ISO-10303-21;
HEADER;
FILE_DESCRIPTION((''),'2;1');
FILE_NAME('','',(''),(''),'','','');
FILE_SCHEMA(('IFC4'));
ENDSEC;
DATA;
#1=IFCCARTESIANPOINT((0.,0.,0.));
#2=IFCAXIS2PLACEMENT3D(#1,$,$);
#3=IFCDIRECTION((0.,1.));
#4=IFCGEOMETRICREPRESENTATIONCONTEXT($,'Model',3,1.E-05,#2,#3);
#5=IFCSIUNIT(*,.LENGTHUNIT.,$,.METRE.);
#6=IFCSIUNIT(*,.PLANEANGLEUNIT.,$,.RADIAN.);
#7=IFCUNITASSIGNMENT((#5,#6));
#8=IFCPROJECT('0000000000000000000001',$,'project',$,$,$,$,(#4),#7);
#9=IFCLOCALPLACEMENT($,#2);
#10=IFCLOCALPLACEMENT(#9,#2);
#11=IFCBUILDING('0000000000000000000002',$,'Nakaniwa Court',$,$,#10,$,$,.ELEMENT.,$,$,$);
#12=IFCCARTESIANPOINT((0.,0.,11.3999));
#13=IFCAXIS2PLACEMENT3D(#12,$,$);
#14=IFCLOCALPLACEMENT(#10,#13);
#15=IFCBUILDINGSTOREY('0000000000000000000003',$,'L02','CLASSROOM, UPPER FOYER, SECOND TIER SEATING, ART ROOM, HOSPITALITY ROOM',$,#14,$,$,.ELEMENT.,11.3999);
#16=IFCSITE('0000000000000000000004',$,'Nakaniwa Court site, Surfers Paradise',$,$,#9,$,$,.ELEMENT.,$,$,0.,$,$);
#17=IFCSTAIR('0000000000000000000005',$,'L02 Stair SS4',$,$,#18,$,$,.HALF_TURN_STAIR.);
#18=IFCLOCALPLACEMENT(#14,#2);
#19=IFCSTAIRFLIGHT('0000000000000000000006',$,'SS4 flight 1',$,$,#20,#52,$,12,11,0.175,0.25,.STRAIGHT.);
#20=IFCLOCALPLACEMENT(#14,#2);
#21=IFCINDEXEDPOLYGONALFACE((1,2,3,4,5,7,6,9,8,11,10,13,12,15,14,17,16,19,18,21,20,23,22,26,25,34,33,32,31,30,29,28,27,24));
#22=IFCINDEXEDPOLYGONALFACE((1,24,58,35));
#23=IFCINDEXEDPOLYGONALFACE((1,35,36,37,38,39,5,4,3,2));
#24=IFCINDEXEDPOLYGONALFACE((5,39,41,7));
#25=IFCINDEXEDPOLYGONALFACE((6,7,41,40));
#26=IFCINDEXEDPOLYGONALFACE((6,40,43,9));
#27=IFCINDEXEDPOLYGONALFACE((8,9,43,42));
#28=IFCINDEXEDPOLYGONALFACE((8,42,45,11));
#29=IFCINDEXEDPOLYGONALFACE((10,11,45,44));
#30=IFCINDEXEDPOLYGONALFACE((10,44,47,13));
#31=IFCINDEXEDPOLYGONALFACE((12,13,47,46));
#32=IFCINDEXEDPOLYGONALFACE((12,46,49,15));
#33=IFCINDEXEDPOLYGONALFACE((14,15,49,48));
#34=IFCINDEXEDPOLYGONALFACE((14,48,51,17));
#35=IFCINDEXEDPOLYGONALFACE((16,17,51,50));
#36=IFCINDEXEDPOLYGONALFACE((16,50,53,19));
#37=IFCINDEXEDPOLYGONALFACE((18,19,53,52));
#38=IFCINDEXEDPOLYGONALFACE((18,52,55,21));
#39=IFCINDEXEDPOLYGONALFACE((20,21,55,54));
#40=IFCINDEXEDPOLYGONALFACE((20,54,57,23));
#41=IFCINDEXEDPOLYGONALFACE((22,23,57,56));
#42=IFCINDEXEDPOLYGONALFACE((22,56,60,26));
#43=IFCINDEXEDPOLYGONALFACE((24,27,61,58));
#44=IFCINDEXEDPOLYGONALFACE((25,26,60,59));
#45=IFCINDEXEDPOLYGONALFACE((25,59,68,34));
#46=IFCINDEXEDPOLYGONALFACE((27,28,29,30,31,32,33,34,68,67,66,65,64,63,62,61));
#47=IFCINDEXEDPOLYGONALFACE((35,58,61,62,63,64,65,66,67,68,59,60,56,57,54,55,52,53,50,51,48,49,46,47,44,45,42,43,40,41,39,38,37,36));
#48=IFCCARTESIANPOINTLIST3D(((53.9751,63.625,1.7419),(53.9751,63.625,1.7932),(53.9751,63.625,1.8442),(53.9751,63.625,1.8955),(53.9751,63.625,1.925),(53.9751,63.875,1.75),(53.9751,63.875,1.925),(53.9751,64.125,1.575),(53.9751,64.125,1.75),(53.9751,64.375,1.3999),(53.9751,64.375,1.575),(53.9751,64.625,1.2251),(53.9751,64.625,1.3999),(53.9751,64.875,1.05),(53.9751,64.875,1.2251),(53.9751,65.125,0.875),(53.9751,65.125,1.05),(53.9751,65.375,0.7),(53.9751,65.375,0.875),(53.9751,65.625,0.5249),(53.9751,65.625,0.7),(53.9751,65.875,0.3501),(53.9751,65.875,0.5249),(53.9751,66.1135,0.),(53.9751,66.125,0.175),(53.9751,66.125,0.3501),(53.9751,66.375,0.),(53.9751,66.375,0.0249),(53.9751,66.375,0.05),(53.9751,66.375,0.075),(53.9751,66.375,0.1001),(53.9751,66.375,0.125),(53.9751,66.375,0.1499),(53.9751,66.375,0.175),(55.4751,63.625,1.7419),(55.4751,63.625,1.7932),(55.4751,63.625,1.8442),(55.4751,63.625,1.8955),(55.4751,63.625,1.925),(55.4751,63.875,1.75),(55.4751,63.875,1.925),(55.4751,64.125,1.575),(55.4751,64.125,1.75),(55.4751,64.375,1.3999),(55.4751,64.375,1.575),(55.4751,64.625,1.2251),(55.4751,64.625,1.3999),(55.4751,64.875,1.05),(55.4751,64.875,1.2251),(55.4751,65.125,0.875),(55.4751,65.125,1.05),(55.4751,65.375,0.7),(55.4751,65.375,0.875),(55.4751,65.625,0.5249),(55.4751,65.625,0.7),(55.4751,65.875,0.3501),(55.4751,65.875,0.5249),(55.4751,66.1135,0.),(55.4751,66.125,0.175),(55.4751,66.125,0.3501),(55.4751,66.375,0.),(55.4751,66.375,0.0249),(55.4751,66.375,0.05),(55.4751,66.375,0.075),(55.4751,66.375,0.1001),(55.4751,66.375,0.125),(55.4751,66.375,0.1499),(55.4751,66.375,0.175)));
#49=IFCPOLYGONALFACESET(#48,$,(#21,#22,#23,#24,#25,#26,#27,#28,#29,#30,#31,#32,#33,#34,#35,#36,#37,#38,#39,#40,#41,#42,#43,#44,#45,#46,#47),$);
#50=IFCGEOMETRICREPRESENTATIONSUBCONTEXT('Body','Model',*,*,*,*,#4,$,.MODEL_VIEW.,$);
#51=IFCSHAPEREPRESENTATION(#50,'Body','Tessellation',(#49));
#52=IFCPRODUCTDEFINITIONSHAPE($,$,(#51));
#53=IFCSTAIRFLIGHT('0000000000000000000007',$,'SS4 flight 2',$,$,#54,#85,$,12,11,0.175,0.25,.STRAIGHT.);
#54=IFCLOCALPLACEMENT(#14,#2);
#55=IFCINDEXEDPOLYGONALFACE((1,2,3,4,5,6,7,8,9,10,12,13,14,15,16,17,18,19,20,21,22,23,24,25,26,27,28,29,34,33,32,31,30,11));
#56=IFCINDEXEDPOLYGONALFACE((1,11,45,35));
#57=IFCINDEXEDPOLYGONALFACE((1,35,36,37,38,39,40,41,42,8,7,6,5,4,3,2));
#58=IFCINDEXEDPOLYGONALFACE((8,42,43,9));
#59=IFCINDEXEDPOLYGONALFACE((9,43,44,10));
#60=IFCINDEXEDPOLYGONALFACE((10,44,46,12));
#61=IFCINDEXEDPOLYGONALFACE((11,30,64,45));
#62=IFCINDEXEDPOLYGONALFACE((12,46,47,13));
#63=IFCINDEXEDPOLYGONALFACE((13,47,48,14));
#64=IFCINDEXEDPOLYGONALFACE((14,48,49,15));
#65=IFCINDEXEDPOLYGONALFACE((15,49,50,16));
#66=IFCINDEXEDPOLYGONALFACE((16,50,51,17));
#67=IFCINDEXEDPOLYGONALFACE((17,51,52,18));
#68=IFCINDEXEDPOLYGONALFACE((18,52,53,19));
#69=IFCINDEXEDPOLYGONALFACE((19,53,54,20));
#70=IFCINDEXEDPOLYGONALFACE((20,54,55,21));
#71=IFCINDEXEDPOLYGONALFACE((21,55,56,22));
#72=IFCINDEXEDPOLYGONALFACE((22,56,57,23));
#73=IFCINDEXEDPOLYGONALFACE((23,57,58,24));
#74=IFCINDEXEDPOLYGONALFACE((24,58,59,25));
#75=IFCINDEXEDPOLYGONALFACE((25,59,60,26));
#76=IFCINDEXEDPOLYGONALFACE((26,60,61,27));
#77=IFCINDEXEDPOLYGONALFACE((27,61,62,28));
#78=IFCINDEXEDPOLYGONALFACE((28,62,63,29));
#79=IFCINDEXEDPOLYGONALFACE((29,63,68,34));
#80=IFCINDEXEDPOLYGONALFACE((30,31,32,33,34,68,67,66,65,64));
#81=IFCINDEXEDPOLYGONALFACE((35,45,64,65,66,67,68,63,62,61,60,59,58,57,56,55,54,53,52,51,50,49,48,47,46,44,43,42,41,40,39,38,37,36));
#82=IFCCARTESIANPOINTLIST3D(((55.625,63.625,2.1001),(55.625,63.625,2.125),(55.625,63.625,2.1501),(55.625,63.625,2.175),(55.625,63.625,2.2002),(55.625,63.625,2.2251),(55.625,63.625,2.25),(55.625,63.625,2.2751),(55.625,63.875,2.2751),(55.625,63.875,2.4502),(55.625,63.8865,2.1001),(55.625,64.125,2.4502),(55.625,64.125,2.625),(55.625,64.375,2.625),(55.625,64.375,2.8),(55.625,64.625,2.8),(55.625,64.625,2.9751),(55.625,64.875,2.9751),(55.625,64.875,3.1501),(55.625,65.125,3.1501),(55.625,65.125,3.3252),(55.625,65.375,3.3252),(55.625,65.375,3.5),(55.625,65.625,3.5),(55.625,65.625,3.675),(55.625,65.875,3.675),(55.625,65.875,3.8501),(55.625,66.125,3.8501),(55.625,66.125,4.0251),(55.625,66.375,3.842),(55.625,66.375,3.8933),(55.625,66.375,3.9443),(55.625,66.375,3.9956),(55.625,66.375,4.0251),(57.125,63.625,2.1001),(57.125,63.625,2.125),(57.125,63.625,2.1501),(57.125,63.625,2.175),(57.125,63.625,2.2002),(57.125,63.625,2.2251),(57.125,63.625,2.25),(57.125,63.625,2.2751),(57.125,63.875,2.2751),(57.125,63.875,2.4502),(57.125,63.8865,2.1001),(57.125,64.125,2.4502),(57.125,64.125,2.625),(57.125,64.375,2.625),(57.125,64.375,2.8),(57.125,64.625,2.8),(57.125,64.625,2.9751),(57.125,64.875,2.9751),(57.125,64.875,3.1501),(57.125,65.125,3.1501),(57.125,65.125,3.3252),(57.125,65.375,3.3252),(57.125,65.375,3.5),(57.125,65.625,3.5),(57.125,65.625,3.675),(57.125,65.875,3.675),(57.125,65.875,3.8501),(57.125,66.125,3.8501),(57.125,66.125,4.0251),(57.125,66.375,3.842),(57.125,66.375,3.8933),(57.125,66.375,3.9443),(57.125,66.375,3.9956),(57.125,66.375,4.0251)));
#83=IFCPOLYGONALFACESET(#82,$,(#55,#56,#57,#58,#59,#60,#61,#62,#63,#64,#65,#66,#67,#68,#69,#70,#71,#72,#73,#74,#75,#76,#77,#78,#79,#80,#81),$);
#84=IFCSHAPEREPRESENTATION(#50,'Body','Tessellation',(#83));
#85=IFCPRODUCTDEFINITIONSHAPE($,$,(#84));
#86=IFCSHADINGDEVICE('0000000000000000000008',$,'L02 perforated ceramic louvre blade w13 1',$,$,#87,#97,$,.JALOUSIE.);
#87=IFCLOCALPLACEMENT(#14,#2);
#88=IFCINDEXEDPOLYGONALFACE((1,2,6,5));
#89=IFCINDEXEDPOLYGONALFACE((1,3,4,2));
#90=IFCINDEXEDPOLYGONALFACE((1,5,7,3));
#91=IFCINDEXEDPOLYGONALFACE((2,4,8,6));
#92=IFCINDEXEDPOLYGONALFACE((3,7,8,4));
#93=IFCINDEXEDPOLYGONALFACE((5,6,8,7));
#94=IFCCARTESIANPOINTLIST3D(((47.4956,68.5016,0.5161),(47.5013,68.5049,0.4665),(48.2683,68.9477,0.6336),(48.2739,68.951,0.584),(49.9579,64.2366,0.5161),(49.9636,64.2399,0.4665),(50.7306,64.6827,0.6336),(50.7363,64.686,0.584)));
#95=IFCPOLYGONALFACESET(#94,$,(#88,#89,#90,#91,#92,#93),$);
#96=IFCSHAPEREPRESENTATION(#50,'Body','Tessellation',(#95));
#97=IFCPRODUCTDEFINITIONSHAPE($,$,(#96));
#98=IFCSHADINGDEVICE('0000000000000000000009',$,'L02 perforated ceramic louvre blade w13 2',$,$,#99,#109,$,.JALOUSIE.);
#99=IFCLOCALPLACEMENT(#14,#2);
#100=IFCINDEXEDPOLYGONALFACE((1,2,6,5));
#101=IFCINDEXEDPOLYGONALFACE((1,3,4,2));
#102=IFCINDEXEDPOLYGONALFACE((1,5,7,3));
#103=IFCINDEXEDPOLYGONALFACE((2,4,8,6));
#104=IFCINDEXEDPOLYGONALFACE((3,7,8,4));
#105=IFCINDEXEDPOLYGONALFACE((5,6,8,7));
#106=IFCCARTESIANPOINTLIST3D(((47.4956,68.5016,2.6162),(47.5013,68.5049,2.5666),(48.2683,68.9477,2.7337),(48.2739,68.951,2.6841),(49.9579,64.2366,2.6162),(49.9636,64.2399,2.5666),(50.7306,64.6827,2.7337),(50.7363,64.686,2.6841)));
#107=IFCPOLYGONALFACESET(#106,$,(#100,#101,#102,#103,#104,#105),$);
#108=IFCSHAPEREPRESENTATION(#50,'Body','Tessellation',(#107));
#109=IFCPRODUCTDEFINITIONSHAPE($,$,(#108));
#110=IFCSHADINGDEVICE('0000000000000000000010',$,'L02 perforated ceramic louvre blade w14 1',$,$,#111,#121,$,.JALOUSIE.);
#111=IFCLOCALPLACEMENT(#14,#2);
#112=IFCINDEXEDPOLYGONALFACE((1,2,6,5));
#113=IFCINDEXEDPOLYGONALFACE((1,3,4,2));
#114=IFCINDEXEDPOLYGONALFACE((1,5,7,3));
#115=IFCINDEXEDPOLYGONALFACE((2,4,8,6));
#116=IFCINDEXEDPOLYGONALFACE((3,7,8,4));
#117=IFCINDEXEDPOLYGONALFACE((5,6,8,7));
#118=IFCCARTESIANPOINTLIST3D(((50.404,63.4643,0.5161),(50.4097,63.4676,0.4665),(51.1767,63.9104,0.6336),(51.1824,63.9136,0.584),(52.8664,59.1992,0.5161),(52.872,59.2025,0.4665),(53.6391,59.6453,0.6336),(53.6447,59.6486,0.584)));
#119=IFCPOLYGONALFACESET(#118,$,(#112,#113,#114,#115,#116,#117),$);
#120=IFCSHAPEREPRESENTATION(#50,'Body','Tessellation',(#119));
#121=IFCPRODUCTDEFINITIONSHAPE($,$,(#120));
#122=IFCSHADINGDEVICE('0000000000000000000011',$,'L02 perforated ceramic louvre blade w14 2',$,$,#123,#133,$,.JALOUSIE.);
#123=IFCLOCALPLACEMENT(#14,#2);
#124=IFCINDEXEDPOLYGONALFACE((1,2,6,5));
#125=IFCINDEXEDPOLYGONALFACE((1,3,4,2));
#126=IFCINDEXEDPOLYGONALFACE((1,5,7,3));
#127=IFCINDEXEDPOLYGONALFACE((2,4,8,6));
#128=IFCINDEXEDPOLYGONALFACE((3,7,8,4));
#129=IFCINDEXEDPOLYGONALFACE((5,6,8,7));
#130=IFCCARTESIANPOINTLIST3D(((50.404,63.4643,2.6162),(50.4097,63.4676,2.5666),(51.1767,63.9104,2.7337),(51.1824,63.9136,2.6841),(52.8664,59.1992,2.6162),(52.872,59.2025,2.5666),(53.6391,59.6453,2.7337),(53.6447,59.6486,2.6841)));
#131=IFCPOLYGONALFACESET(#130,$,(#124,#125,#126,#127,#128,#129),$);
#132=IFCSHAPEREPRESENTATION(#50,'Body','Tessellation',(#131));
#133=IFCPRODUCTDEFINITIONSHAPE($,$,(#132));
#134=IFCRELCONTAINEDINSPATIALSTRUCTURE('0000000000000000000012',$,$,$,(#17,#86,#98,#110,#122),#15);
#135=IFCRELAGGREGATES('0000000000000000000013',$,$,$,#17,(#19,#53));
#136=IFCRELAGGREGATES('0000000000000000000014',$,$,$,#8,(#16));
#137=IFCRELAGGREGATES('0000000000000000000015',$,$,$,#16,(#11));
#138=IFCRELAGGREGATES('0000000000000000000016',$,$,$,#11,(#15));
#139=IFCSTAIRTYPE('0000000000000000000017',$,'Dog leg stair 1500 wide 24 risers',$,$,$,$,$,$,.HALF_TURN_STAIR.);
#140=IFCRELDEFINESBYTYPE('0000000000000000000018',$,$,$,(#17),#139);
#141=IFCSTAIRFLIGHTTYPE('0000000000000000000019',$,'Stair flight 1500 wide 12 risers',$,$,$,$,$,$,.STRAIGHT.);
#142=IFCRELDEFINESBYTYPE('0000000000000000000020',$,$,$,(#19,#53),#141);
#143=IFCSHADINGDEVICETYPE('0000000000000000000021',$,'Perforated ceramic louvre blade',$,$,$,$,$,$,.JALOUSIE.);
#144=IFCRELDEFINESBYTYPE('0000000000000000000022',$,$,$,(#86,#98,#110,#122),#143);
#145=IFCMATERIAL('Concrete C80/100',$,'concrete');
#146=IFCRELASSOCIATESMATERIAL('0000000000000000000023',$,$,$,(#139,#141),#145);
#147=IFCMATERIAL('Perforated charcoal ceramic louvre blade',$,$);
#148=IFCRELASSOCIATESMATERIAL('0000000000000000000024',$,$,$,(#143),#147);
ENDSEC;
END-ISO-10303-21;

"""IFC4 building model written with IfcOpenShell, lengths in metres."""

from ifc_helpers import new_model, si_unit, direction, frame, origin, origin_2d, place, context, subcontext, project, spatial, polyline, rectangle, outline, extrude, material, material_profile, profile_set, type_object, element, aggregate, save


model = new_model("IFC4")

# Units and contexts
model_context = context("Model", 3, precision=1e-05, world=origin(), true_north=direction((0.0, 1.0)))
body_context = subcontext(model_context, "Body", "Model", "MODEL_VIEW")
ifc_project = project(units=[si_unit("LENGTHUNIT", "METRE"), si_unit("PLANEANGLEUNIT", "RADIAN")], contexts=[model_context])

# Site, building, storey
site_placement = place(None, origin())
site = spatial("IfcSite", under=ifc_project, at=site_placement, Name="Nakaniwa Court site, Surfers Paradise", CompositionType="ELEMENT", RefElevation=0.0)
building_placement = place(site_placement, origin())
building = spatial("IfcBuilding", under=site, at=building_placement, Name="Nakaniwa Court", CompositionType="ELEMENT")
storey_placement = place(building_placement, frame((0.0, 0.0, 11.3999)))
storey = spatial("IfcBuildingStorey", under=building, at=storey_placement, Name="L02", Description="CLASSROOM, UPPER FOYER, SECOND TIER SEATING, ART ROOM, HOSPITALITY ROOM", CompositionType="ELEMENT", Elevation=11.3999)

# Stair, stair flights
ifc_material_1 = material(Name="Concrete C80/100", Category="concrete")
stair_type = type_object("IfcStairType", Name="Dog leg stair 1500 wide 24 risers", PredefinedType="HALF_TURN_STAIR", material=ifc_material_1)
stair_placement = place(storey_placement, origin())
stair = element("IfcStair", 1, at=stair_placement, inside=storey, type_object=stair_type, Name="L02 Stair SS4", PredefinedType="HALF_TURN_STAIR")
stair_flight_type = type_object("IfcStairFlightType", Name="Stair flight 1500 wide 12 risers", PredefinedType="STRAIGHT", material=ifc_material_1)
stair_flight_1_placement = place(storey_placement, frame((54.7251, 66.375, 0.0), z_axis=(0.0, 0.0, 1.0), x_axis=(0.0, -1.0, 0.0)))
stair_flight_1 = element("IfcStairFlight", 2, at=stair_flight_1_placement, type_object=stair_flight_type, Name="SS4 flight 1", NumberOfRisers=12, NumberOfTreads=11, PredefinedType="STRAIGHT", RiserHeight=0.175, TreadLength=0.25, context=body_context, shape_type="SweptSolid", body=[
    extrude(outline(polyline([(0.0, 0.0), (0.0, 0.0249), (0.0, 0.05), (0.0, 0.075), (0.0, 0.1001), (0.0, 0.125), (0.0, 0.1499), (0.0, 0.175), (0.25, 0.175), (0.25, 0.3501), (0.5, 0.3501), (0.5, 0.5249), (0.75, 0.5249), (0.75, 0.7), (1.0, 0.7), (1.0, 0.875), (1.25, 0.875), (1.25, 1.05), (1.5, 1.05), (1.5, 1.2251), (1.75, 1.2251), (1.75, 1.3999), (2.0, 1.3999), (2.0, 1.575), (2.25, 1.575), (2.25, 1.75), (2.5, 1.75), (2.5, 1.925), (2.75, 1.925), (2.75, 2.1001), (2.75, 2.0488), (2.75, 1.9978), (2.75, 1.9465), (2.75, 1.8955), (2.75, 1.8442), (2.75, 1.7932), (2.75, 1.7419), (0.2615, 0.0), (0.0, 0.0)])), frame((0.0, 0.75, 0.0), z_axis=(0.0, -1.0, 0.0), x_axis=(1.0, 0.0, 0.0)), (0.0, 0.0, 1.0), 1.5),
])
stair_flight_2_placement = place(storey_placement, frame((56.375, 63.625, 2.1001), z_axis=(0.0, 0.0, 1.0), x_axis=(0.0, 1.0, 0.0)))
stair_flight_2 = element("IfcStairFlight", 3, at=stair_flight_2_placement, type_object=stair_flight_type, Name="SS4 flight 2", NumberOfRisers=12, NumberOfTreads=11, PredefinedType="STRAIGHT", RiserHeight=0.175, TreadLength=0.25, context=body_context, shape_type="SweptSolid", body=[
    extrude(outline(polyline([(0.0, 0.0), (0.0, 0.0249), (0.0, 0.05), (0.0, 0.075), (0.0, 0.1001), (0.0, 0.125), (0.0, 0.1499), (0.0, 0.175), (0.25, 0.175), (0.25, 0.3501), (0.5, 0.3501), (0.5, 0.5249), (0.75, 0.5249), (0.75, 0.7), (1.0, 0.7), (1.0, 0.875), (1.25, 0.875), (1.25, 1.05), (1.5, 1.05), (1.5, 1.2251), (1.75, 1.2251), (1.75, 1.3999), (2.0, 1.3999), (2.0, 1.575), (2.25, 1.575), (2.25, 1.75), (2.5, 1.75), (2.5, 1.925), (2.75, 1.925), (2.75, 2.1001), (2.75, 2.0488), (2.75, 1.9978), (2.75, 1.9465), (2.75, 1.8955), (2.75, 1.8442), (2.75, 1.7932), (2.75, 1.7419), (0.2615, 0.0), (0.0, 0.0)])), frame((0.0, 0.75, 0.0), z_axis=(0.0, -1.0, 0.0), x_axis=(1.0, 0.0, 0.0)), (0.0, 0.0, 1.0), 1.5),
])
aggregate(stair, [stair_flight_1, stair_flight_2])

# Shading devices
ifc_material_2 = material(Name="Perforated charcoal ceramic louvre blade")
ifc_material_profile_1 = material_profile(ifc_material_2, rectangle(XDim=0.8999, YDim=0.05, at=origin_2d()), Name="Perforated ceramic louvre blade")
ifc_profile_set_1 = profile_set([ifc_material_profile_1], Name="Perforated charcoal ceramic louvre blade")
shading_device_type = type_object("IfcShadingDeviceType", Name="Perforated ceramic louvre blade", PredefinedType="JALOUSIE", material=ifc_profile_set_1)
for number, where, z_axis, x_axis, name in (
    (4, (47.8848, 68.7263, 0.55), (0.499989, -0.866032, 0.0), (0.858623, 0.495711, 0.130526), "L02 perforated ceramic louvre blade w13 1"),
    (5, (47.8848, 68.7263, 2.6501), (0.499989, -0.866032, 0.0), (0.858623, 0.495711, 0.130526), "L02 perforated ceramic louvre blade w13 2"),
    (6, (50.7932, 63.689, 0.55), (0.499989, -0.866032, 0.0), (0.858623, 0.495711, 0.130526), "L02 perforated ceramic louvre blade w14 1"),
    (7, (50.7932, 63.689, 2.6501), (0.499989, -0.866032, 0.0), (0.858623, 0.495711, 0.130526), "L02 perforated ceramic louvre blade w14 2"),
):
    element("IfcShadingDevice", number, at=place(storey_placement, frame(where, z_axis=z_axis, x_axis=x_axis)), inside=storey, type_object=shading_device_type, Name=name, PredefinedType="JALOUSIE", context=body_context, shape_type="SweptSolid", body=[
        extrude(rectangle(XDim=0.8999, YDim=0.05, at=origin_2d()), origin(), (0.0, 0.0, 1.0), 4.9248),
    ])

save(model, "model.ifc")
